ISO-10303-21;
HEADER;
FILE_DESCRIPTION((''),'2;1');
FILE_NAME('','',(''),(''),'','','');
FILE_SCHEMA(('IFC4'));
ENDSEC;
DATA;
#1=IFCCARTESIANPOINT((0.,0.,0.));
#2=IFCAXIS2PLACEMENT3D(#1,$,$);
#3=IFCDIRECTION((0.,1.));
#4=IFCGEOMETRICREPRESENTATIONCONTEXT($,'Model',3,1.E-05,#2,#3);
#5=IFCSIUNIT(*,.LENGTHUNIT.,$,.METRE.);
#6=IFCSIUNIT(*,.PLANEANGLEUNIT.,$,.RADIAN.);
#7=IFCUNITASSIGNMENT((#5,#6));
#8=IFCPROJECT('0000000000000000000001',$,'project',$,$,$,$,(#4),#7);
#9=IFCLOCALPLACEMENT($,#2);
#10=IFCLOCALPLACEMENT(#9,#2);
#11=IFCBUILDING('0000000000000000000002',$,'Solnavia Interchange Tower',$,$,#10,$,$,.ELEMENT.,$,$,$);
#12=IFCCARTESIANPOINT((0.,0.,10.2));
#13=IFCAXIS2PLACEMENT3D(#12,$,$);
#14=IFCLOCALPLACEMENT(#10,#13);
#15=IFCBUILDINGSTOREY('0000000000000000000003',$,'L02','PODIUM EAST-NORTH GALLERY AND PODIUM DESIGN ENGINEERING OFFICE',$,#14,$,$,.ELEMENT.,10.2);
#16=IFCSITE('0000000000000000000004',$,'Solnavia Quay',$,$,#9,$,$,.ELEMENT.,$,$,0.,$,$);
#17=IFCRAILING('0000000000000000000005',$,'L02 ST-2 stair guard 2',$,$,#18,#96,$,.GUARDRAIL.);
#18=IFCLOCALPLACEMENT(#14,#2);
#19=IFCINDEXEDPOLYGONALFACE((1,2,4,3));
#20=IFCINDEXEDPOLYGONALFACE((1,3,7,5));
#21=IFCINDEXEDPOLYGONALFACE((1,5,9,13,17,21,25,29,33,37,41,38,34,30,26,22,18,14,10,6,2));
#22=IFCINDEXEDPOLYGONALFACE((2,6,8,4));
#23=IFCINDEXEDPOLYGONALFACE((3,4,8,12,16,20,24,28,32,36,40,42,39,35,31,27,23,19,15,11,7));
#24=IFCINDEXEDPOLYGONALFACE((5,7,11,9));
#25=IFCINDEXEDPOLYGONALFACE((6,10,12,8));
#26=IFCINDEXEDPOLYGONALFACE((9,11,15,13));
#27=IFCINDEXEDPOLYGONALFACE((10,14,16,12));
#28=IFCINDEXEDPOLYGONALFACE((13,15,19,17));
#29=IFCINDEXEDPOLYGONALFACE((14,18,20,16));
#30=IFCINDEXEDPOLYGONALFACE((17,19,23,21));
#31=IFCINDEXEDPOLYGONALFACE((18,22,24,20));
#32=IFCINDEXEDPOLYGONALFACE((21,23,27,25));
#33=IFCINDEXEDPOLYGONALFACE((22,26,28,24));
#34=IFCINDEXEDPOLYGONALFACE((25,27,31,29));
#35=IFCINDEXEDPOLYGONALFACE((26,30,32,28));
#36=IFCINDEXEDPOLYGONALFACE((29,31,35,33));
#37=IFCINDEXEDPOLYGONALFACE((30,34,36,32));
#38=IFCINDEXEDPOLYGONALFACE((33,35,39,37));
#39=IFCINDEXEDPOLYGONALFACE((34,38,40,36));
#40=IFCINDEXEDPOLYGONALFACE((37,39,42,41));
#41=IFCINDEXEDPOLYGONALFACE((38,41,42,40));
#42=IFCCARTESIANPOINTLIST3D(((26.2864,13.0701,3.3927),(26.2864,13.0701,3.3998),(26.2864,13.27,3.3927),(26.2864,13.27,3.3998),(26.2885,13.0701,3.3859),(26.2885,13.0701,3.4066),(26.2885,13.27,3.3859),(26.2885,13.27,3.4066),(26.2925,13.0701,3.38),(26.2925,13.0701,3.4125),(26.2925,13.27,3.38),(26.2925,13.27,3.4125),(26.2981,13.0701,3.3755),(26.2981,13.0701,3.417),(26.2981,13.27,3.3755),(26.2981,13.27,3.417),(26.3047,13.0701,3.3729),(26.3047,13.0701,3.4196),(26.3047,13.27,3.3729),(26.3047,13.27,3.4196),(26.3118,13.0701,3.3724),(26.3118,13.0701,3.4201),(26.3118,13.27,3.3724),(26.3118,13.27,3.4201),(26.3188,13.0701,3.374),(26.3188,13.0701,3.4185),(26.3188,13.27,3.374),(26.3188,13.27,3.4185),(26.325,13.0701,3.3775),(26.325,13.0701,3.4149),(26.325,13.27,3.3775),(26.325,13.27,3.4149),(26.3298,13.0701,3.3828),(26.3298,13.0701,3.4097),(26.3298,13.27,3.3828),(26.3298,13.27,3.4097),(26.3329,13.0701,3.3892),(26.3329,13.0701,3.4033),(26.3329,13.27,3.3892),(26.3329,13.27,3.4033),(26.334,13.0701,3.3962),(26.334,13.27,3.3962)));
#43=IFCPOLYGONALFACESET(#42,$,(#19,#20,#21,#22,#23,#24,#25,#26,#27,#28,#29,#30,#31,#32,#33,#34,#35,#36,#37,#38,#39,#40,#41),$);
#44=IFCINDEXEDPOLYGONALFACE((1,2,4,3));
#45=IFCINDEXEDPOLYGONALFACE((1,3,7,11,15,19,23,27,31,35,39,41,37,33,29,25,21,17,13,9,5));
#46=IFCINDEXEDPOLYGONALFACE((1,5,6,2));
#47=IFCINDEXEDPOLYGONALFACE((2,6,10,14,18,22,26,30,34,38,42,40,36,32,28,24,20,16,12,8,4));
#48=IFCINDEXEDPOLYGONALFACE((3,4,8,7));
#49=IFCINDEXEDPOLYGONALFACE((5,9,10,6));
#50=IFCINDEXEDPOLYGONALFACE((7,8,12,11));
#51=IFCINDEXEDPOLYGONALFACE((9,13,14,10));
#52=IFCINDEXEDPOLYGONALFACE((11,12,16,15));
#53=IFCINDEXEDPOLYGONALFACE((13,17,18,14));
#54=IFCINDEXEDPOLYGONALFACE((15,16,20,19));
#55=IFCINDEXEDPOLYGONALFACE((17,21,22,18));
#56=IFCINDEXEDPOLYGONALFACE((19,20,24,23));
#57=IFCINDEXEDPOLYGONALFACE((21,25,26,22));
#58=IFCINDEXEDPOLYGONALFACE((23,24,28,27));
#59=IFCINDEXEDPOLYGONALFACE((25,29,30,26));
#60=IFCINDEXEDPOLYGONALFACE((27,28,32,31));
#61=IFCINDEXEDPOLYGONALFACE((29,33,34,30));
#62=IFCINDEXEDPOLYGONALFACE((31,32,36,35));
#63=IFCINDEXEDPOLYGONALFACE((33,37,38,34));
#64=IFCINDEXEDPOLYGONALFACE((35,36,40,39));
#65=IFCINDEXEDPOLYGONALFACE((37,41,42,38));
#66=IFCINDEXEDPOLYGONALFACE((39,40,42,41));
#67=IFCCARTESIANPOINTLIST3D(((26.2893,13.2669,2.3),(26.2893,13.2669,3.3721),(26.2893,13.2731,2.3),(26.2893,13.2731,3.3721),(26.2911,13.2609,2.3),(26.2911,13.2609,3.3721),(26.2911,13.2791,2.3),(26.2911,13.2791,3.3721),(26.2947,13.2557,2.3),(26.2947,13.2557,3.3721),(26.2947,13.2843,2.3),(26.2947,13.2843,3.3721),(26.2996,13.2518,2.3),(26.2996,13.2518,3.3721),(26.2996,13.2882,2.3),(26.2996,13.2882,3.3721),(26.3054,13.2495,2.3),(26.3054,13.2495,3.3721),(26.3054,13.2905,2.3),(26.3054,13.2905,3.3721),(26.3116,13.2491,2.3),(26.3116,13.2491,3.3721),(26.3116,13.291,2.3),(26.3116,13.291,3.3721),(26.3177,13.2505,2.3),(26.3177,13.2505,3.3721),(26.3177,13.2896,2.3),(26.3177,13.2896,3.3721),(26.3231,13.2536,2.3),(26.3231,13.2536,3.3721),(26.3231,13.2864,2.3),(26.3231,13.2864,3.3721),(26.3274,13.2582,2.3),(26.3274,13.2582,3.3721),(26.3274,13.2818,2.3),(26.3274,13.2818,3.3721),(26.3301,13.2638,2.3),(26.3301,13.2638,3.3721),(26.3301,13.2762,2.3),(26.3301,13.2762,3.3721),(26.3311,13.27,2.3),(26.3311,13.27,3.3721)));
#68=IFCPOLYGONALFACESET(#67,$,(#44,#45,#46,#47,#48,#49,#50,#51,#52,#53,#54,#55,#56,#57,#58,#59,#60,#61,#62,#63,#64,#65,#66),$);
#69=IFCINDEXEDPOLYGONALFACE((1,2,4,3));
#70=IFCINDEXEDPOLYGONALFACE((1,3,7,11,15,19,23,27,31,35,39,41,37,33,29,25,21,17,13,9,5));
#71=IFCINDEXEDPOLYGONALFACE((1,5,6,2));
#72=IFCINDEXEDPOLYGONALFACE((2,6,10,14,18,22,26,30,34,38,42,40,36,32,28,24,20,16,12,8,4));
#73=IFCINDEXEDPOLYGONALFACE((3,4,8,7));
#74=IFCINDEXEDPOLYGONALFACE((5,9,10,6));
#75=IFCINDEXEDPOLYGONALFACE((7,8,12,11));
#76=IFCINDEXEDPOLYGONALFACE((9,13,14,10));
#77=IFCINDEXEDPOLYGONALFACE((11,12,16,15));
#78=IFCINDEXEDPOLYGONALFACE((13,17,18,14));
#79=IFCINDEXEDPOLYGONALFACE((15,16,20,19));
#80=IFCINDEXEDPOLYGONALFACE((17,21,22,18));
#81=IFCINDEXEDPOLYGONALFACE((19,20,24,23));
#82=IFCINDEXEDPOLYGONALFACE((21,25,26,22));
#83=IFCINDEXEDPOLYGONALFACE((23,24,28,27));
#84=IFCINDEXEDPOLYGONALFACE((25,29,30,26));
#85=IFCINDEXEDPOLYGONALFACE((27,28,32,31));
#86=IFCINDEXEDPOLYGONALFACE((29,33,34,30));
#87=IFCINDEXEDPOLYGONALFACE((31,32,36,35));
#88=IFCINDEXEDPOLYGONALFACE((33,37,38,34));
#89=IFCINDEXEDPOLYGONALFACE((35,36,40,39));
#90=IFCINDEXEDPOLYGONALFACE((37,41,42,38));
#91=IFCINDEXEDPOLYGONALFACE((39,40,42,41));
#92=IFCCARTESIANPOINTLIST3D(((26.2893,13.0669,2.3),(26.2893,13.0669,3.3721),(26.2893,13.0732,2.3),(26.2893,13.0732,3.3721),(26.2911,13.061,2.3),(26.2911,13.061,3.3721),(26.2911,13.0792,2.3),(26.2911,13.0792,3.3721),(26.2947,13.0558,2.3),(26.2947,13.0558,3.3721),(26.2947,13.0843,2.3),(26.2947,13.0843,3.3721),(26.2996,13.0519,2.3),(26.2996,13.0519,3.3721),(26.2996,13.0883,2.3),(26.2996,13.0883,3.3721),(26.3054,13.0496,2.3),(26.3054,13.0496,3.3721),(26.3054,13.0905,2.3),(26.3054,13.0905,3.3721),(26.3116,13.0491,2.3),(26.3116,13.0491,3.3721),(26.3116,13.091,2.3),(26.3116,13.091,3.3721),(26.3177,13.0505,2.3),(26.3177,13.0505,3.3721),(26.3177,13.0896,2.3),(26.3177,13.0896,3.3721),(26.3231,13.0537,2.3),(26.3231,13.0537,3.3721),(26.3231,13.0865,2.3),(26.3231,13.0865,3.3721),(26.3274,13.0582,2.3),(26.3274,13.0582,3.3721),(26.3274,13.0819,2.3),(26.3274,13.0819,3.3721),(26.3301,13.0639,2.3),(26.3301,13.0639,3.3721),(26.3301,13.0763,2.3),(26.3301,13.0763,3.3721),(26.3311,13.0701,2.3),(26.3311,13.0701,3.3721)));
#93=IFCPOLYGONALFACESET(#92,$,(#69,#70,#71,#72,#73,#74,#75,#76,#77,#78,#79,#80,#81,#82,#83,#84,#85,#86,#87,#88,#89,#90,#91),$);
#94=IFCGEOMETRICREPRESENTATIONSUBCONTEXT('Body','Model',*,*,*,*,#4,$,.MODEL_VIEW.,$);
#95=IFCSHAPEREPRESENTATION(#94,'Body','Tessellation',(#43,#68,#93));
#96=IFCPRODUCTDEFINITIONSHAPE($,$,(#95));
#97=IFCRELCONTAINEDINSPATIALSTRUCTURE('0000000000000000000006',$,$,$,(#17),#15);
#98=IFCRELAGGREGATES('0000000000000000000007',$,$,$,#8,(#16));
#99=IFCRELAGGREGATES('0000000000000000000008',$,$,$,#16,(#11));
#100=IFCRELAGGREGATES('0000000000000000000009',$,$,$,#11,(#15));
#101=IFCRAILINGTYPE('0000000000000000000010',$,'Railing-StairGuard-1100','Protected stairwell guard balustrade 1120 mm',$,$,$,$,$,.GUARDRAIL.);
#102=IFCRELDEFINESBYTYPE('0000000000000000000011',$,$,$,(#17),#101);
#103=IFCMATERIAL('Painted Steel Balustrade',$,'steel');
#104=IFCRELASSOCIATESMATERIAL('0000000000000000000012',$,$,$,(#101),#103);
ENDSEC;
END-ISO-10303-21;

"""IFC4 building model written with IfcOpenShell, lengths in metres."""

from ifc_helpers import new_model, si_unit, direction, frame, origin, origin_2d, place, context, subcontext, project, spatial, circle, extrude, material, type_object, element, save


model = new_model("IFC4")

# Units and contexts
model_context = context("Model", 3, precision=1e-05, world=origin(), true_north=direction((0.0, 1.0)))
body_context = subcontext(model_context, "Body", "Model", "MODEL_VIEW")
ifc_project = project(units=[si_unit("LENGTHUNIT", "METRE"), si_unit("PLANEANGLEUNIT", "RADIAN")], contexts=[model_context])

# Site, building, storey
site_placement = place(None, origin())
site = spatial("IfcSite", under=ifc_project, at=site_placement, Name="Solnavia Quay", CompositionType="ELEMENT", RefElevation=0.0)
building_placement = place(site_placement, origin())
building = spatial("IfcBuilding", under=site, at=building_placement, Name="Solnavia Interchange Tower", CompositionType="ELEMENT")
storey_placement = place(building_placement, frame((0.0, 0.0, 10.2)))
storey = spatial("IfcBuildingStorey", under=building, at=storey_placement, Name="L02", Description="PODIUM EAST-NORTH GALLERY AND PODIUM DESIGN ENGINEERING OFFICE", CompositionType="ELEMENT", Elevation=10.2)

# Railing
ifc_material_1 = material(Name="Painted Steel Balustrade", Category="steel")
railing_type_1 = type_object("IfcRailingType", Name="Railing-StairGuard-1100", Description="Protected stairwell guard balustrade 1120 mm", PredefinedType="GUARDRAIL", material=ifc_material_1)
railing_1_placement = place(storey_placement, frame((26.3101, 13.27, 2.3)))
element("IfcRailing", 1, at=railing_1_placement, inside=storey, type_object=railing_type_1, Name="L02 ST-2 stair guard 2", PredefinedType="GUARDRAIL", context=body_context, shape_type="SweptSolid", body=[
    extrude(circle(Radius=0.0239, at=origin_2d()), frame((0.0, 0.0, 1.0962), z_axis=(0.0, -1.0, 0.0), x_axis=(1.0, 0.0, 0.0)), (0.0, 0.0, 1.0), 0.2),
    extrude(circle(Radius=0.021, at=origin_2d()), origin(), (0.0, 0.0, 1.0), 1.072),
    extrude(circle(Radius=0.021, at=origin_2d()), frame((0.0, -0.2, 0.0)), (0.0, 0.0, 1.0), 1.072),
])

save(model, "model.ifc")
